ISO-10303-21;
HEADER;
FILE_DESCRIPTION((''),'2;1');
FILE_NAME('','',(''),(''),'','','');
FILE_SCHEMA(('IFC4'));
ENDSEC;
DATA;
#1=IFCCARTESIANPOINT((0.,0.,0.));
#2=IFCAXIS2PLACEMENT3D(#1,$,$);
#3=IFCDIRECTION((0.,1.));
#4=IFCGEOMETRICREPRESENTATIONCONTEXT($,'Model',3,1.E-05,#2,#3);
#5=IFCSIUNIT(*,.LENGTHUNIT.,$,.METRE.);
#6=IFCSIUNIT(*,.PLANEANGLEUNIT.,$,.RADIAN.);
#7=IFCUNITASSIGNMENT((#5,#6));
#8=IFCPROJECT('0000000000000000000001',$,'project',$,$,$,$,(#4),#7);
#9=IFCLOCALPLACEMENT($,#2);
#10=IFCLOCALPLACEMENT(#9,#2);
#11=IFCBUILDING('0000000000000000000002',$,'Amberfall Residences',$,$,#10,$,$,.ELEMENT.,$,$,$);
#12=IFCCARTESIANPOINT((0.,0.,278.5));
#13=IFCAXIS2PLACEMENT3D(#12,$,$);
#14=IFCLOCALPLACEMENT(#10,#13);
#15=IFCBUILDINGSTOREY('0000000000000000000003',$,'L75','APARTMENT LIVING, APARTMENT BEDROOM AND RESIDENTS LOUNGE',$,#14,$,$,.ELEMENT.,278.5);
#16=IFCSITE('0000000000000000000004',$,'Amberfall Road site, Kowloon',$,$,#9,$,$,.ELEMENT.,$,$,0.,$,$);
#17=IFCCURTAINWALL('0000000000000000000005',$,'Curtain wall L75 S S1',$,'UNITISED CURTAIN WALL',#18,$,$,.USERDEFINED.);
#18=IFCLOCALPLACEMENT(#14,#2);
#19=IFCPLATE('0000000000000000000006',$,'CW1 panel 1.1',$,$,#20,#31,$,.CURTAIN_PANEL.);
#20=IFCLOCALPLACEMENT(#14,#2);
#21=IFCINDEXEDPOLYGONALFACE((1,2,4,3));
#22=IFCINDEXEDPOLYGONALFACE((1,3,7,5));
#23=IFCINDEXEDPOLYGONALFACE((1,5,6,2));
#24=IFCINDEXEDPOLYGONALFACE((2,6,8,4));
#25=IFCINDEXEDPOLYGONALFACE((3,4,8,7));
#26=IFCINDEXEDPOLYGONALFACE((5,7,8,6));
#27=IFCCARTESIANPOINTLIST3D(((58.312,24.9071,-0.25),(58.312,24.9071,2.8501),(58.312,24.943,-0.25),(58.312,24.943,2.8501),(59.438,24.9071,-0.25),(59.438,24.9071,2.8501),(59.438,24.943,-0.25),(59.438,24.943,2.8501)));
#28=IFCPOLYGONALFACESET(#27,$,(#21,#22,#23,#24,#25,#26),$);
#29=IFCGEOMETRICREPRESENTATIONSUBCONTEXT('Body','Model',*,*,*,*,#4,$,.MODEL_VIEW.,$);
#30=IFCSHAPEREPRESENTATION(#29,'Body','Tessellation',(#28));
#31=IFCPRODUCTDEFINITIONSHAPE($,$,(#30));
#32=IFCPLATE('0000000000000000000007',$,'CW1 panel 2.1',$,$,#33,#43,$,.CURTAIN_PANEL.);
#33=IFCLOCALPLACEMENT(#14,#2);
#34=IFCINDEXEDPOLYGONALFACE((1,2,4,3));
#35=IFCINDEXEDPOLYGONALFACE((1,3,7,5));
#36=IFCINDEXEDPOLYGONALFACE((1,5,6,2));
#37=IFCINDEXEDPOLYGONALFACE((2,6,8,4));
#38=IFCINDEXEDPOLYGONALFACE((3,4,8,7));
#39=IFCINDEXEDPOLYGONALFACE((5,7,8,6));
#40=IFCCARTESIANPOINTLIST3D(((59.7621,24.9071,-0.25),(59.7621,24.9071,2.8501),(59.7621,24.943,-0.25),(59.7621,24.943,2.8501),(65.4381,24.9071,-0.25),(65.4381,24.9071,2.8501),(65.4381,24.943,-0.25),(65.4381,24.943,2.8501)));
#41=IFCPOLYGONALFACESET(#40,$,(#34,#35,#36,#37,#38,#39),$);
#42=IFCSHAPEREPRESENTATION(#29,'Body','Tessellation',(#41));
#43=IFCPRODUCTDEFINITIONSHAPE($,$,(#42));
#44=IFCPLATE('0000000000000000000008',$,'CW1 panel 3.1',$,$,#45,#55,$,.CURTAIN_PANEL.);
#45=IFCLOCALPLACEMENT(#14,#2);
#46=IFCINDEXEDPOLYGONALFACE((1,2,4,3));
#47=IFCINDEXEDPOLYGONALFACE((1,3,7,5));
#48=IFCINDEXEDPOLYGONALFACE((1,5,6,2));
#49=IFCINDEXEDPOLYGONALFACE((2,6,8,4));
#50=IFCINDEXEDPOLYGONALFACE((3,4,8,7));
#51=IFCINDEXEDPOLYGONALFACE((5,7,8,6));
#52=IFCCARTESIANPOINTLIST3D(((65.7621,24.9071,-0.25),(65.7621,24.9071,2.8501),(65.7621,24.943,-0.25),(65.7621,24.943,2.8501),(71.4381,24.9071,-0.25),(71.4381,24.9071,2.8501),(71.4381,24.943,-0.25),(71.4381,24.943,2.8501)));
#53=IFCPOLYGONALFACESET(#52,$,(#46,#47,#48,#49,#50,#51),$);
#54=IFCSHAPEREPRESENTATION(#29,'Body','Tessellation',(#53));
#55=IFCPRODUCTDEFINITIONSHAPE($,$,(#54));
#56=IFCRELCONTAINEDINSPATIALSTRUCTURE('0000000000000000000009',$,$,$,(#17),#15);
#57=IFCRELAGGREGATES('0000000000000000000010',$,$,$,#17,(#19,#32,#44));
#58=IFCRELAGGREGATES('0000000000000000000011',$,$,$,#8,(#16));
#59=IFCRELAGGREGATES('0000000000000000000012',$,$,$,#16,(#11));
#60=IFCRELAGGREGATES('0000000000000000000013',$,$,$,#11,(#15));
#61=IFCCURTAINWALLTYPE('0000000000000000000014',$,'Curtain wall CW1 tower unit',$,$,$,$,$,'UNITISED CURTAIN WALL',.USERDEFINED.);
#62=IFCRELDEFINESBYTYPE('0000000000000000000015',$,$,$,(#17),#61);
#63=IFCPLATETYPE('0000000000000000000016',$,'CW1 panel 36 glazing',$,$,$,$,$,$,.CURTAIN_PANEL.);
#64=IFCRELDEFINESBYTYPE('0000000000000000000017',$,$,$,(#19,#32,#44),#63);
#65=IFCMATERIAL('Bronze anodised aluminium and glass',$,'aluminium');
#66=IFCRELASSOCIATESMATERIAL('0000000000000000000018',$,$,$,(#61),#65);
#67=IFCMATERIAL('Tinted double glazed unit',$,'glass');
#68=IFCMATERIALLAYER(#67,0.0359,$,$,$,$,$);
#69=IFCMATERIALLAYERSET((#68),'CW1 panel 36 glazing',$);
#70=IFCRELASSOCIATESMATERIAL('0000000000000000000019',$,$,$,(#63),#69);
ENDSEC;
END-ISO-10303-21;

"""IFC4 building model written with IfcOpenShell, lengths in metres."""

from ifc_helpers import new_model, si_unit, direction, frame, origin, origin_2d, place, context, subcontext, project, spatial, rectangle, extrude, material, layer, layer_set, type_object, element, aggregate, save


model = new_model("IFC4")

# Units and contexts
model_context = context("Model", 3, precision=1e-05, world=origin(), true_north=direction((0.0, 1.0)))
body_context = subcontext(model_context, "Body", "Model", "MODEL_VIEW")
ifc_project = project(units=[si_unit("LENGTHUNIT", "METRE"), si_unit("PLANEANGLEUNIT", "RADIAN")], contexts=[model_context])

# Site, building, storey
site_placement = place(None, origin())
site = spatial("IfcSite", under=ifc_project, at=site_placement, Name="Amberfall Road site, Kowloon", CompositionType="ELEMENT", RefElevation=0.0)
building_placement = place(site_placement, origin())
building = spatial("IfcBuilding", under=site, at=building_placement, Name="Amberfall Residences", CompositionType="ELEMENT")
storey_placement = place(building_placement, frame((0.0, 0.0, 278.5)))
storey = spatial("IfcBuildingStorey", under=building, at=storey_placement, Name="L75", Description="APARTMENT LIVING, APARTMENT BEDROOM AND RESIDENTS LOUNGE", CompositionType="ELEMENT", Elevation=278.5)

# Curtain wall
ifc_material_1 = material(Name="Bronze anodised aluminium and glass", Category="aluminium")
curtain_wall_type = type_object("IfcCurtainWallType", Name="Curtain wall CW1 tower unit", ElementType="UNITISED CURTAIN WALL", PredefinedType="USERDEFINED", material=ifc_material_1)
curtain_wall_placement = place(storey_placement, origin())
curtain_wall = element("IfcCurtainWall", 1, at=curtain_wall_placement, inside=storey, type_object=curtain_wall_type, Name="Curtain wall L75 S S1", ObjectType="UNITISED CURTAIN WALL", PredefinedType="USERDEFINED")

# Plates
ifc_material_2 = material(Name="Tinted double glazed unit", Category="glass")
ifc_layer = layer(ifc_material_2, 0.0359)
ifc_layer_set = layer_set([ifc_layer], Name="CW1 panel 36 glazing")
plate_type = type_object("IfcPlateType", Name="CW1 panel 36 glazing", PredefinedType="CURTAIN_PANEL", material=ifc_layer_set)
plate_1_placement = place(storey_placement, frame((58.875, 24.925, -0.25), z_axis=(0.0, 0.0, 1.0), x_axis=(1.0, 0.0, 0.0)))
plate_1 = element("IfcPlate", 2, at=plate_1_placement, type_object=plate_type, Name="CW1 panel 1.1", PredefinedType="CURTAIN_PANEL", context=body_context, shape_type="SweptSolid", body=[
    extrude(rectangle(XDim=1.126, YDim=0.0359, at=origin_2d()), origin(), (0.0, 0.0, 1.0), 3.1001),
])
plate_2_placement = place(storey_placement, frame((62.6001, 24.925, -0.25), z_axis=(0.0, 0.0, 1.0), x_axis=(1.0, 0.0, 0.0)))
plate_2 = element("IfcPlate", 3, at=plate_2_placement, type_object=plate_type, Name="CW1 panel 2.1", PredefinedType="CURTAIN_PANEL", context=body_context, shape_type="SweptSolid", body=[
    extrude(rectangle(XDim=5.676, YDim=0.0359, at=origin_2d()), origin(), (0.0, 0.0, 1.0), 3.1001),
])
plate_3_placement = place(storey_placement, frame((68.6001, 24.925, -0.25), z_axis=(0.0, 0.0, 1.0), x_axis=(1.0, 0.0, 0.0)))
plate_3 = element("IfcPlate", 4, at=plate_3_placement, type_object=plate_type, Name="CW1 panel 3.1", PredefinedType="CURTAIN_PANEL", context=body_context, shape_type="SweptSolid", body=[
    extrude(rectangle(XDim=5.676, YDim=0.0359, at=origin_2d()), origin(), (0.0, 0.0, 1.0), 3.1001),
])
aggregate(curtain_wall, [plate_1, plate_2, plate_3])

save(model, "model.ifc")
